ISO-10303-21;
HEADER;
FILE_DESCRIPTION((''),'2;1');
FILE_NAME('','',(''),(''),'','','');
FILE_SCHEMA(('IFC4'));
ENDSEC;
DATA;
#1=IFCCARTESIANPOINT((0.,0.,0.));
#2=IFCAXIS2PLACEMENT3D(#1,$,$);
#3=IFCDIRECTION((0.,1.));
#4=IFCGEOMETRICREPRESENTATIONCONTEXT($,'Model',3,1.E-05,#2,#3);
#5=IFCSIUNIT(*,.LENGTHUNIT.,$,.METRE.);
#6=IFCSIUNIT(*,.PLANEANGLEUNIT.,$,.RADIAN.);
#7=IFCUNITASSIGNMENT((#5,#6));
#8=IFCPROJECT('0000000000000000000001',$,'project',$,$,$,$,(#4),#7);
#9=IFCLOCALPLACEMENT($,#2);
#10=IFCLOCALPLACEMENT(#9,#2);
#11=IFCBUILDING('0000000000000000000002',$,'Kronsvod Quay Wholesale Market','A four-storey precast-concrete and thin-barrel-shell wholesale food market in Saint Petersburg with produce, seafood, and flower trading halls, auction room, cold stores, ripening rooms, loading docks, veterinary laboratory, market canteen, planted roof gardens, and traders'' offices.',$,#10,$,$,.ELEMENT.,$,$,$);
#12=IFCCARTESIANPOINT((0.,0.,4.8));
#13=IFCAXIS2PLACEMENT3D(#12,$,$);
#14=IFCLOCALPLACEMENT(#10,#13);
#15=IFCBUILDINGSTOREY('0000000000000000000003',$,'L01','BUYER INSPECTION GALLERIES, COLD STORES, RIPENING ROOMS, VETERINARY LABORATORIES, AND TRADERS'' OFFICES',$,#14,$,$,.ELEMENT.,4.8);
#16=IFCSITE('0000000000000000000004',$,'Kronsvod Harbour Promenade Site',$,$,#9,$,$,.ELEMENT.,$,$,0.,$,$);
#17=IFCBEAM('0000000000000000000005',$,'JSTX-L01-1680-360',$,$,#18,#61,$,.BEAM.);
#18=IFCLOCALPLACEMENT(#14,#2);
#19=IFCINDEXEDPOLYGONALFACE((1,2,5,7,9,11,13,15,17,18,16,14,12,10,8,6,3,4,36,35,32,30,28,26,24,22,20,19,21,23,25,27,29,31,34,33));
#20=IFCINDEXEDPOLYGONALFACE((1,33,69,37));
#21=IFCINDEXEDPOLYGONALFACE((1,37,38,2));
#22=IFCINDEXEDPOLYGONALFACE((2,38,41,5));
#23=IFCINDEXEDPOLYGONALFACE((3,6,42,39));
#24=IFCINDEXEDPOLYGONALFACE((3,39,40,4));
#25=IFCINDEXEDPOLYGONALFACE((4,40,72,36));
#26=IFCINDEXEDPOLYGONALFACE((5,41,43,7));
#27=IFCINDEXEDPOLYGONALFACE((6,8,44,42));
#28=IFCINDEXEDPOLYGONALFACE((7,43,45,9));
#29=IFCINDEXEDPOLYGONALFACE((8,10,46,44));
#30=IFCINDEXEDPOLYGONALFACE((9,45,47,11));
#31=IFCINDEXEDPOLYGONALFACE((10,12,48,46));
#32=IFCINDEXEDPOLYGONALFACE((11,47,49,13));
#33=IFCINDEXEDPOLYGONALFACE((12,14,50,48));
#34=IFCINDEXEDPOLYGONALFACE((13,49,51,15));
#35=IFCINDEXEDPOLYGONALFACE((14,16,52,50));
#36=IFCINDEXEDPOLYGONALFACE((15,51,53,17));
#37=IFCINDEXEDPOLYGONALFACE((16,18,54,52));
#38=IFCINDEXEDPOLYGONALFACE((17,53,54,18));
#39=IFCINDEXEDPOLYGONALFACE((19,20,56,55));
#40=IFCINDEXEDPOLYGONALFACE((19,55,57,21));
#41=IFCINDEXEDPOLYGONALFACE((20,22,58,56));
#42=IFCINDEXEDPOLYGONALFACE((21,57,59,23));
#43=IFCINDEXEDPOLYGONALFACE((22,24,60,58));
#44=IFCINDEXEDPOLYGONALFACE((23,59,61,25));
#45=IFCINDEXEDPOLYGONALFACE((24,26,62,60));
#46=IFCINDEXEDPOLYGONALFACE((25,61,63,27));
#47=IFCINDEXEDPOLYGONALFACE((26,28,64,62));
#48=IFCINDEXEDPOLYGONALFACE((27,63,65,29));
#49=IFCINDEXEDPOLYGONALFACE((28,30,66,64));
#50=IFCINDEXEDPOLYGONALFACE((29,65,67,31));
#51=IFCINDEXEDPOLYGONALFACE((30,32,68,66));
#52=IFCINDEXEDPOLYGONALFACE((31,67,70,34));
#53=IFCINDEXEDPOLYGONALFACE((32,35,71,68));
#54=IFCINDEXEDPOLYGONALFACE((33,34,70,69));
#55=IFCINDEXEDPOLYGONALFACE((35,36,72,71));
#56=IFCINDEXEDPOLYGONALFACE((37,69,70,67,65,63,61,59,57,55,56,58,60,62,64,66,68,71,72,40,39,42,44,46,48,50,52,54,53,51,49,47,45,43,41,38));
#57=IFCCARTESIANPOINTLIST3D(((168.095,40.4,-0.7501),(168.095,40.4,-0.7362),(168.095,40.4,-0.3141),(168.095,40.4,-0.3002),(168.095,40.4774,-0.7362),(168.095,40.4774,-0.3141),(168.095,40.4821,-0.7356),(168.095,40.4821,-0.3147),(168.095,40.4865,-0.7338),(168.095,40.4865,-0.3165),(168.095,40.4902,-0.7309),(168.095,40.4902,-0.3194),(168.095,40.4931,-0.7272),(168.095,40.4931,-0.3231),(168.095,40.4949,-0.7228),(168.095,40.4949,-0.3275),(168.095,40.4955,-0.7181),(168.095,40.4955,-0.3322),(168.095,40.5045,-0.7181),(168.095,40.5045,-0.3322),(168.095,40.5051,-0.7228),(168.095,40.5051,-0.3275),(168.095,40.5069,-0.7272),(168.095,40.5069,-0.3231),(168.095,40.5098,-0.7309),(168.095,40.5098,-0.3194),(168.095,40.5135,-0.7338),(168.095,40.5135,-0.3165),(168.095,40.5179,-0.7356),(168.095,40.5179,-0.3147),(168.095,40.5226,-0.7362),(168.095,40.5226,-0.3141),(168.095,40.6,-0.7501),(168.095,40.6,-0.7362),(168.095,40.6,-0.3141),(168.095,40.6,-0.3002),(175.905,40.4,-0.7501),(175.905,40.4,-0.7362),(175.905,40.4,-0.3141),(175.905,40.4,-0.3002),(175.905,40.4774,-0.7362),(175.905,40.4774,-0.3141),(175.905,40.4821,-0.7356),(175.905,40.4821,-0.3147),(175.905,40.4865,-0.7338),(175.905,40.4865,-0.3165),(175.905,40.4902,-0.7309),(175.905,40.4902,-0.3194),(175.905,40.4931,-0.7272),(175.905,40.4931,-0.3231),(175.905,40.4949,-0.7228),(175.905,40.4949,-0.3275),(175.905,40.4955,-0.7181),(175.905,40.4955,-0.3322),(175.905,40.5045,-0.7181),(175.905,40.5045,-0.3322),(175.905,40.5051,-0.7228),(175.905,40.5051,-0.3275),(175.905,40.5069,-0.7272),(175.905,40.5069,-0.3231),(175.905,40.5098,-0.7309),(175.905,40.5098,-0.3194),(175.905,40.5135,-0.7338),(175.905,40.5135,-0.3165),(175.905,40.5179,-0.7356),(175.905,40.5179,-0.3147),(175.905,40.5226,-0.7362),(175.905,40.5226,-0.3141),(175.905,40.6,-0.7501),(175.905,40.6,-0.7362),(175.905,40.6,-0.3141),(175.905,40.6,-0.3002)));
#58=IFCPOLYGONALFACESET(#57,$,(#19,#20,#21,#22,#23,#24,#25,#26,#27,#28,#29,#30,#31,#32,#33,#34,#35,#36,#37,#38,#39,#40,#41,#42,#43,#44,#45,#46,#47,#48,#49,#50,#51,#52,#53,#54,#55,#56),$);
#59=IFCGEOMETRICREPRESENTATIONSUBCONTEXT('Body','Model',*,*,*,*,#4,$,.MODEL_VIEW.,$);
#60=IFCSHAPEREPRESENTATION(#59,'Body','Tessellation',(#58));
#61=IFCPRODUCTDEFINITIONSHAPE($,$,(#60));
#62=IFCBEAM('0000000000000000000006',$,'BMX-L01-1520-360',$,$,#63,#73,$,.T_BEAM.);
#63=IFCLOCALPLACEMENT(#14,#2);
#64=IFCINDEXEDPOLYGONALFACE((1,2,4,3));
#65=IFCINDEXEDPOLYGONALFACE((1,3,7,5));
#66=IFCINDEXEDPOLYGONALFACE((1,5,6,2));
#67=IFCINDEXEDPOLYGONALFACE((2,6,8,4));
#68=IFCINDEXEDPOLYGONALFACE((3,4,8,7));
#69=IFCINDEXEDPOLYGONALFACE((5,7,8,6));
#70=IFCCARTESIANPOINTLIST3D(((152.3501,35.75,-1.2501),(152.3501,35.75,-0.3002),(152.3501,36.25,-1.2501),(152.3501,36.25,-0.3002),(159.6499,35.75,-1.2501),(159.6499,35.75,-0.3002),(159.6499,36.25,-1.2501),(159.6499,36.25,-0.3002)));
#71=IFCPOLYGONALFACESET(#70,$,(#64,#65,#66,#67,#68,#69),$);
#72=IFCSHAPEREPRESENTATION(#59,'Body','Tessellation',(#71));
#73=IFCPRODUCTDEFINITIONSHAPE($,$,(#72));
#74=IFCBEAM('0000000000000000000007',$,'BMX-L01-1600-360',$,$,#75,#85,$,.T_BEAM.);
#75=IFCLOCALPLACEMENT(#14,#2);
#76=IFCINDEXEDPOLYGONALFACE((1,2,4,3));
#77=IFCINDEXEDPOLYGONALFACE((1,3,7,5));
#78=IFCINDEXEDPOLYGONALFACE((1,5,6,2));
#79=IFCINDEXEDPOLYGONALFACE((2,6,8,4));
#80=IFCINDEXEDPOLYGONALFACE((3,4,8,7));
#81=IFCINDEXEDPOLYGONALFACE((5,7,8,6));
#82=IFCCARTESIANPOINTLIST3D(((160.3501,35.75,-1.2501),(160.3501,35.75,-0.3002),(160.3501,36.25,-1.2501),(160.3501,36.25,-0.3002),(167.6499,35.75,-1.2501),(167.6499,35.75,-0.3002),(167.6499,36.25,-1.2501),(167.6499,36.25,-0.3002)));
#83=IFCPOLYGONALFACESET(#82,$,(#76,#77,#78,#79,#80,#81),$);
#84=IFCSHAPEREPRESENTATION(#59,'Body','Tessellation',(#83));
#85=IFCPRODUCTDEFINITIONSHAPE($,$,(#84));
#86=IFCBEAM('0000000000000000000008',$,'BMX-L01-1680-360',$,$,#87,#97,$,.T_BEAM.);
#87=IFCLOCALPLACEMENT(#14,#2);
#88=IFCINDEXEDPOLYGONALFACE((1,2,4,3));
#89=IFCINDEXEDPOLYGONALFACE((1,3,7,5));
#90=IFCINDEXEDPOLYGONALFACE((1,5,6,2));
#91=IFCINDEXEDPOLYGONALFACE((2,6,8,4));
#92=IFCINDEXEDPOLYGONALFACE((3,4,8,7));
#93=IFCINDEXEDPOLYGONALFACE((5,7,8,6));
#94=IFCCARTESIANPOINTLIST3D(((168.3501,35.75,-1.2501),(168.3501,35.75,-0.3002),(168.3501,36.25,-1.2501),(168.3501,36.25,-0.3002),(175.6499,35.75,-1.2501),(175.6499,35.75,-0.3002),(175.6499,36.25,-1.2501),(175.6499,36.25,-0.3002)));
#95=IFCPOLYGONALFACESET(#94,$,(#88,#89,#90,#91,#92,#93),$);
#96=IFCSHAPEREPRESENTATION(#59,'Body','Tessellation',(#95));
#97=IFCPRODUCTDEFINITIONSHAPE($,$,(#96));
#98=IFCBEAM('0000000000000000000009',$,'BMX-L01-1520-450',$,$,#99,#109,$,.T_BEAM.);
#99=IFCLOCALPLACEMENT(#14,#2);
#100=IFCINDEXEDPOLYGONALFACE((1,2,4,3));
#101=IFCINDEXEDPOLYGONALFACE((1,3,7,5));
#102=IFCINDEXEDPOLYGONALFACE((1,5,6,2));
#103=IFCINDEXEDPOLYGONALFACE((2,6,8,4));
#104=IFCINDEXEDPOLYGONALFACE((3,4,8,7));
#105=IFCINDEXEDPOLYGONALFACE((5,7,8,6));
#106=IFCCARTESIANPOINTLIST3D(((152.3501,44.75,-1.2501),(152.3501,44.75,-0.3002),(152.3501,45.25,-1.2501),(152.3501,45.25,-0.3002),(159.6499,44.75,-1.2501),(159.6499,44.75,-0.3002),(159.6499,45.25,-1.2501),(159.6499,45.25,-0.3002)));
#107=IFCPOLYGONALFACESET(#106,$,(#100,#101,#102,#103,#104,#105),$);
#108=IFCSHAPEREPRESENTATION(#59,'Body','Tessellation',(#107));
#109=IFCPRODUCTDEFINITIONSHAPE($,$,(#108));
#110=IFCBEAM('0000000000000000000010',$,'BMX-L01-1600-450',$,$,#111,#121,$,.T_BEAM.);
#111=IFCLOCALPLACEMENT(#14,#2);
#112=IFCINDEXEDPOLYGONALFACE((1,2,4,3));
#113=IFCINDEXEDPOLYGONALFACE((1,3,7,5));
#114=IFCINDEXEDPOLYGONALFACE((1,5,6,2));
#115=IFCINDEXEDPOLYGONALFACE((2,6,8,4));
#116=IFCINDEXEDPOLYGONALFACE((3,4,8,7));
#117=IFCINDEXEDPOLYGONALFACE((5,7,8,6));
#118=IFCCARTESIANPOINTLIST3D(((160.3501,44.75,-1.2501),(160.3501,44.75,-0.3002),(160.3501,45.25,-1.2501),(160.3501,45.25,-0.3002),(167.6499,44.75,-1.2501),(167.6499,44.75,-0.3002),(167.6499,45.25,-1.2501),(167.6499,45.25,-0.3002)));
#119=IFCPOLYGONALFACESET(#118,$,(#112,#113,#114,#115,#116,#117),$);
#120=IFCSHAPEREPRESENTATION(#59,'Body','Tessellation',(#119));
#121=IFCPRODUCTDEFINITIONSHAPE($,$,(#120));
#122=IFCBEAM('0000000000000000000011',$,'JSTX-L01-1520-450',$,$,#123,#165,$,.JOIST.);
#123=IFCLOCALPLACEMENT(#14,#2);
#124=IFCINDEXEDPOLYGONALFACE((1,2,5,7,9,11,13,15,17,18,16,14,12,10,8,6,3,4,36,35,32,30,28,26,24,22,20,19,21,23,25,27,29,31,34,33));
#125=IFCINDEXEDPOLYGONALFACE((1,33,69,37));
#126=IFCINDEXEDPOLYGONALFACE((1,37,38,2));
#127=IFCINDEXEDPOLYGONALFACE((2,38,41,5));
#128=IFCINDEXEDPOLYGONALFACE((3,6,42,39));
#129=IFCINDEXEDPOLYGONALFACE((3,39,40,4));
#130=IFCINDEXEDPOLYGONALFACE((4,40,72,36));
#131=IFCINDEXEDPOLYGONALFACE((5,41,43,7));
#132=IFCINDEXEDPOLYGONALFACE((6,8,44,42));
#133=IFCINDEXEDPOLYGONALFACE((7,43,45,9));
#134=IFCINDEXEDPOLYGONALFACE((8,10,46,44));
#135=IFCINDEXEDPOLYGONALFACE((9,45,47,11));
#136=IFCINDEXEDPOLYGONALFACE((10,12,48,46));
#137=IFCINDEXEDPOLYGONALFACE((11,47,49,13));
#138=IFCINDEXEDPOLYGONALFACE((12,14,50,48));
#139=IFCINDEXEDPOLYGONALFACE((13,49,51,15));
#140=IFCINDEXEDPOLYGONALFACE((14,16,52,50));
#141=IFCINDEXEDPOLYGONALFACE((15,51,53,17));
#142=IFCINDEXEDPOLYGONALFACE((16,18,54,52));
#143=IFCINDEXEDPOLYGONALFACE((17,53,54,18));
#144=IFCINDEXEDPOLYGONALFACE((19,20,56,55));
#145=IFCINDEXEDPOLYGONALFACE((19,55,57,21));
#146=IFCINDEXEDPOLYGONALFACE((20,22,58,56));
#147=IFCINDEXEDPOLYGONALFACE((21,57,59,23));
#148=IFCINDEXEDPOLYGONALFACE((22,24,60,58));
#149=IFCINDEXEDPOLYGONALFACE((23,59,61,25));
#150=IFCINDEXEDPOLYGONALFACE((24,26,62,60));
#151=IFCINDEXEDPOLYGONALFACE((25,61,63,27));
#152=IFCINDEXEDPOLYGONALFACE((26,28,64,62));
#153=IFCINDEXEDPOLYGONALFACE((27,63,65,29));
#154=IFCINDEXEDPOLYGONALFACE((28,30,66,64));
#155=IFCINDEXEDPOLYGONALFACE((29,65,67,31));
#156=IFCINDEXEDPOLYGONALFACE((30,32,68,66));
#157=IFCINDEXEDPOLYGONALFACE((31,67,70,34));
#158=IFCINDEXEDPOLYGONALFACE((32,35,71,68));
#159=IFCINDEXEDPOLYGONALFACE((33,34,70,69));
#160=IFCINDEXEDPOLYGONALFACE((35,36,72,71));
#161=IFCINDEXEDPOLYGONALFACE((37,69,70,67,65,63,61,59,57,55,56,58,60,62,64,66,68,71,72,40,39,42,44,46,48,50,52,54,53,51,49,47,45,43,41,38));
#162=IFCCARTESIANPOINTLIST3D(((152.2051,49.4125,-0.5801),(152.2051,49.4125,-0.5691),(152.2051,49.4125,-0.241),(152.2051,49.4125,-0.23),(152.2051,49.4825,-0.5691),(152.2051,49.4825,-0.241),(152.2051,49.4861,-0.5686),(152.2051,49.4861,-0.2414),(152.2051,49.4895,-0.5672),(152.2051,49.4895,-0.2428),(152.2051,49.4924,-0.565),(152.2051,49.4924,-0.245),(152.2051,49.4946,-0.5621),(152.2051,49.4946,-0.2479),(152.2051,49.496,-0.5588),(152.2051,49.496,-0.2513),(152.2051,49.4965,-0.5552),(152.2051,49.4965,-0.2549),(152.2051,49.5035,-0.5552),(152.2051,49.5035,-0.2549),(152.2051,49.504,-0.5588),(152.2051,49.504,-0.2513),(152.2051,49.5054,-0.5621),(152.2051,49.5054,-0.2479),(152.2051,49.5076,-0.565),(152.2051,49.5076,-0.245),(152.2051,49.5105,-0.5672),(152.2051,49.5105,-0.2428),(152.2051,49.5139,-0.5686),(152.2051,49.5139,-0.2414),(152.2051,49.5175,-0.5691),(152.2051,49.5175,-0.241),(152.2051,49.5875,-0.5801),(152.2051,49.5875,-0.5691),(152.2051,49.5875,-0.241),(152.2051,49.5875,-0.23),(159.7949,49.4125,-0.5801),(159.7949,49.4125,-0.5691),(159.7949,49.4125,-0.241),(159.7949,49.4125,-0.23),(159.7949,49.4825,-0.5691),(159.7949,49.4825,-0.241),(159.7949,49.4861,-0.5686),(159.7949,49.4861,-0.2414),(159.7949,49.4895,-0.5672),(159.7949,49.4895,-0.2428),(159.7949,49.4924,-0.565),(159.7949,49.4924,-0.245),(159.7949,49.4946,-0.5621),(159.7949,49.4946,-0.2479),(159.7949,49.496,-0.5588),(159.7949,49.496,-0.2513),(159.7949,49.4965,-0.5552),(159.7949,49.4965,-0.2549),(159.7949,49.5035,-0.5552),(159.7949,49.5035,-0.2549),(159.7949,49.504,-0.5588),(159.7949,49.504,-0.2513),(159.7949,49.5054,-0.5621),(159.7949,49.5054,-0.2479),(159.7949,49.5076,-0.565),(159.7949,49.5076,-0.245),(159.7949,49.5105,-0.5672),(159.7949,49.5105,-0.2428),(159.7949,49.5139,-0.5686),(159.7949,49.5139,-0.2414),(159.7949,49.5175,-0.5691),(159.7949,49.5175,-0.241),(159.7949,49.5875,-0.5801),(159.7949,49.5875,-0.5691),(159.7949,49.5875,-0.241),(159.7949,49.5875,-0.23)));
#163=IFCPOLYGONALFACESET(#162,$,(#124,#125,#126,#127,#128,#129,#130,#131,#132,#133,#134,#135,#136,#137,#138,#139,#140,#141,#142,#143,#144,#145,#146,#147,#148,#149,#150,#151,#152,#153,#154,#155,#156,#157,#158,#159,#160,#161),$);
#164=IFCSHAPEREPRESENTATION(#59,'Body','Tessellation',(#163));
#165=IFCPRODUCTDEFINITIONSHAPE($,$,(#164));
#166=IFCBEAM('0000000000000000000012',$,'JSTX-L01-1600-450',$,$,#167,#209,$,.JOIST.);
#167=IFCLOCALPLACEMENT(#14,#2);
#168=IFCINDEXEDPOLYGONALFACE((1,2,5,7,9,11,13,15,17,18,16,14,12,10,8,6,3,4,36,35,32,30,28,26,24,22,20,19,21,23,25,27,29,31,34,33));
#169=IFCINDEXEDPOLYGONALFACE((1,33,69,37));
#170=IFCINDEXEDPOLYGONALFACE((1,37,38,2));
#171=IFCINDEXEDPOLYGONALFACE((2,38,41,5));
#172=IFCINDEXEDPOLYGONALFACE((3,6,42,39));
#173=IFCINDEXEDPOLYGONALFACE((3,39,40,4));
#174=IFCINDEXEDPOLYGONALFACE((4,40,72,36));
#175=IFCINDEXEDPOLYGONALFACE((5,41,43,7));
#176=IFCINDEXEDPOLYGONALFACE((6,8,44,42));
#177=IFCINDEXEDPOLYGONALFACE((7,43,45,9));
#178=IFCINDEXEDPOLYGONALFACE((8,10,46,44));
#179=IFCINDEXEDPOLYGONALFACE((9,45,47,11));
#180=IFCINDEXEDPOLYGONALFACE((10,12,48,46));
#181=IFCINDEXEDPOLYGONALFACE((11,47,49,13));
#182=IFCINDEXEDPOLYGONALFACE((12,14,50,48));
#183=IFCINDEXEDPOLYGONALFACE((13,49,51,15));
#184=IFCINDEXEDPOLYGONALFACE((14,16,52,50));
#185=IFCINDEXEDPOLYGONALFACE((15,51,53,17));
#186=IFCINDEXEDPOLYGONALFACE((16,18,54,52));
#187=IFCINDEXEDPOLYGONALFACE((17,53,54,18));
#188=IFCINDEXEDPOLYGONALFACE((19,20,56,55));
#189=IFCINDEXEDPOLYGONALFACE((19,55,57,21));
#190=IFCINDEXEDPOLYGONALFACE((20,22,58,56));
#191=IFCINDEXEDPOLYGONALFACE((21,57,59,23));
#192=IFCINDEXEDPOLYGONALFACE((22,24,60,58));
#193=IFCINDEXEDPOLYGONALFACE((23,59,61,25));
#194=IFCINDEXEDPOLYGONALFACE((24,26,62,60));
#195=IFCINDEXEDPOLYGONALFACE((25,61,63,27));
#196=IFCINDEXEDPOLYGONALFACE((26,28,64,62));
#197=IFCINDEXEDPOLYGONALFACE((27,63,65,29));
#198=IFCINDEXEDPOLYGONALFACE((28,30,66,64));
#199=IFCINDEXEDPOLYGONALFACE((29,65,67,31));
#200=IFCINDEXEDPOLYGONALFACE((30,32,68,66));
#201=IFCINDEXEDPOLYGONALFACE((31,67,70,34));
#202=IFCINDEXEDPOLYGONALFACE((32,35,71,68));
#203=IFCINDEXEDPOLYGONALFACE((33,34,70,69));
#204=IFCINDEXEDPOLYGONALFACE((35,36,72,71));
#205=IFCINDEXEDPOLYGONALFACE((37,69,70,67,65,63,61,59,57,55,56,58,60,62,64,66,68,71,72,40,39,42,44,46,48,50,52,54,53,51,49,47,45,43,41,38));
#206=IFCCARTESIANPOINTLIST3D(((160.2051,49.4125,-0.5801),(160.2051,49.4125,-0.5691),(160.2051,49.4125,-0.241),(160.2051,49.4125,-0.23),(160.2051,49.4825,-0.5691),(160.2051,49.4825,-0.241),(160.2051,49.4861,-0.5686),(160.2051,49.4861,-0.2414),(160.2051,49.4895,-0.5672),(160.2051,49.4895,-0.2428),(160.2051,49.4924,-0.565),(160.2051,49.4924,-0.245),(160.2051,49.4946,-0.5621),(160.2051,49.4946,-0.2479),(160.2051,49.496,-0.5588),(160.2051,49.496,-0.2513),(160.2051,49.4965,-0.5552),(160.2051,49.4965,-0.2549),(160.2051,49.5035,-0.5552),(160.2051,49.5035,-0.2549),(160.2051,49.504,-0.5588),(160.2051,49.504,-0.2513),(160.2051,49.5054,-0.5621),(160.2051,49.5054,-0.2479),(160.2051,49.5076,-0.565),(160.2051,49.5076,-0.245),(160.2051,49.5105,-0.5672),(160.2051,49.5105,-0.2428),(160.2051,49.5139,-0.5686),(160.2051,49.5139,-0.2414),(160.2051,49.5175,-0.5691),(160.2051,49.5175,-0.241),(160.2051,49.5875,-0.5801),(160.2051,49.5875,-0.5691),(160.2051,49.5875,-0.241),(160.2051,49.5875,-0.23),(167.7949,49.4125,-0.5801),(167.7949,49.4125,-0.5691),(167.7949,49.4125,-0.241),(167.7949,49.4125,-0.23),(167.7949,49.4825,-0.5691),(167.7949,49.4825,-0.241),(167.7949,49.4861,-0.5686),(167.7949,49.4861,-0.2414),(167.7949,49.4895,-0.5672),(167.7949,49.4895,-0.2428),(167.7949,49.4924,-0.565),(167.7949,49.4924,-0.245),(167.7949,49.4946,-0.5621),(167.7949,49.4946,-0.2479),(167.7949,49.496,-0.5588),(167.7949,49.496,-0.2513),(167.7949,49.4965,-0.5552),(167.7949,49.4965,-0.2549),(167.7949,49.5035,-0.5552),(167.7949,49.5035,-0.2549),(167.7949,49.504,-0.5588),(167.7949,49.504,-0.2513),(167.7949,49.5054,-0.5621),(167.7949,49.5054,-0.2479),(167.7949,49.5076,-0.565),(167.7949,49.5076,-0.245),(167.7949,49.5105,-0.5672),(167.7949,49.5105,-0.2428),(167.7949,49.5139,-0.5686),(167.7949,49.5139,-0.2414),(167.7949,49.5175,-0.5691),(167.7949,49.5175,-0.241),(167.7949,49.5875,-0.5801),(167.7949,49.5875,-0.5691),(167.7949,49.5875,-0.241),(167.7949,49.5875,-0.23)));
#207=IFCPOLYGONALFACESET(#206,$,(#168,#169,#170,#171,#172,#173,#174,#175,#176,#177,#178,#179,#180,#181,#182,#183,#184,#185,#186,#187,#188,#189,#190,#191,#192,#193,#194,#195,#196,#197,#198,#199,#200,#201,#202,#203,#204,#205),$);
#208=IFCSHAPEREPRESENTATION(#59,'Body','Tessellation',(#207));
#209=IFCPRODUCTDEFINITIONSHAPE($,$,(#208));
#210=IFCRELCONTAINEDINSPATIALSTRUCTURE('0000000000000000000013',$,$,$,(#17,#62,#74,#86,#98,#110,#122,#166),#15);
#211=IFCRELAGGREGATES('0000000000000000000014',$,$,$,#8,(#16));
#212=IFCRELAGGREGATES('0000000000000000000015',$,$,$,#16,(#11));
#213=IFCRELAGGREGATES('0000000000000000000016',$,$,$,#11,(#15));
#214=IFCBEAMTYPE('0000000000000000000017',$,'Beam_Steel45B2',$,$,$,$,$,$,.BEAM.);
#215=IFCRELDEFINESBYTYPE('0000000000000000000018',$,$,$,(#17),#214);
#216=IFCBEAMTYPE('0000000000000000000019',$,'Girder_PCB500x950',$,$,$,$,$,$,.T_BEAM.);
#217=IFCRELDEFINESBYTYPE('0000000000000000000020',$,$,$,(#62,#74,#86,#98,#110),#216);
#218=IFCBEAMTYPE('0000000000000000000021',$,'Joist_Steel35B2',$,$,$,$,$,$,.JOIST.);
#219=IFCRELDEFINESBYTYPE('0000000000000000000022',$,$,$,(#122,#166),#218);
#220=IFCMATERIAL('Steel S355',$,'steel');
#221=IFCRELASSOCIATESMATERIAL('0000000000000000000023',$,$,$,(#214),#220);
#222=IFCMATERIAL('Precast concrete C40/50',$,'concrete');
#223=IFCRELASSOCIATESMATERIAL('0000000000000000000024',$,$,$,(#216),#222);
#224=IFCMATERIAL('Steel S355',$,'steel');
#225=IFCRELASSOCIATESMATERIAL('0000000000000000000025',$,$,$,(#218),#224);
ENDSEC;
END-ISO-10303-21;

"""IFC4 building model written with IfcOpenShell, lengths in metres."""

from ifc_helpers import new_model, si_unit, direction, frame, origin, origin_2d, place, context, subcontext, project, spatial, rectangle, i_section, extrude, material, material_profile, profile_set, type_object, element, save


model = new_model("IFC4")

# Units and contexts
model_context = context("Model", 3, precision=1e-05, world=origin(), true_north=direction((0.0, 1.0)))
body_context = subcontext(model_context, "Body", "Model", "MODEL_VIEW")
ifc_project = project(units=[si_unit("LENGTHUNIT", "METRE"), si_unit("PLANEANGLEUNIT", "RADIAN")], contexts=[model_context])

# Site, building, storey
site_placement = place(None, origin())
site = spatial("IfcSite", under=ifc_project, at=site_placement, Name="Kronsvod Harbour Promenade Site", CompositionType="ELEMENT", RefElevation=0.0)
building_placement = place(site_placement, origin())
building = spatial("IfcBuilding", under=site, at=building_placement, Name="Kronsvod Quay Wholesale Market", Description="A four-storey precast-concrete and thin-barrel-shell wholesale food market in Saint Petersburg with produce, seafood, and flower trading halls, auction room, cold stores, ripening rooms, loading docks, veterinary laboratory, market canteen, planted roof gardens, and traders' offices.", CompositionType="ELEMENT")
storey_placement = place(building_placement, frame((0.0, 0.0, 4.8)))
storey = spatial("IfcBuildingStorey", under=building, at=storey_placement, Name="L01", Description="BUYER INSPECTION GALLERIES, COLD STORES, RIPENING ROOMS, VETERINARY LABORATORIES, AND TRADERS' OFFICES", CompositionType="ELEMENT", Elevation=4.8)

# Beams
ifc_material_1 = material(Name="Steel S355", Category="steel")
ifc_material_profile_1 = material_profile(ifc_material_1, i_section(OverallWidth=0.2, OverallDepth=0.45, WebThickness=0.009, FlangeThickness=0.0139, FilletRadius=0.0181, at=origin_2d()), Name="45B2")
ifc_profile_set_1 = profile_set([ifc_material_profile_1], Name="Steel S355")
beam_type_1 = type_object("IfcBeamType", Name="Beam_Steel45B2", PredefinedType="BEAM", material=ifc_profile_set_1)
for number, where, z_axis, x_axis, name in (
    (1, (168.095, 40.5, -0.5251), (1.0, 0.0, 0.0), (0.0, 1.0, 0.0), "JSTX-L01-1680-360"),
):
    element("IfcBeam", number, at=place(storey_placement, frame(where, z_axis=z_axis, x_axis=x_axis)), inside=storey, type_object=beam_type_1, Name=name, PredefinedType="BEAM", context=body_context, shape_type="SweptSolid", body=[
        extrude(i_section(OverallWidth=0.2, OverallDepth=0.45, WebThickness=0.009, FlangeThickness=0.0139, FilletRadius=0.0181, at=origin_2d()), origin(), (0.0, 0.0, 1.0), 7.8101),
    ])
ifc_material_2 = material(Name="Precast concrete C40/50", Category="concrete")
ifc_material_profile_2 = material_profile(ifc_material_2, rectangle(XDim=0.5, YDim=0.95, at=origin_2d()), Name="PCB500x950")
ifc_profile_set_2 = profile_set([ifc_material_profile_2], Name="Precast concrete C40/50")
beam_type_2 = type_object("IfcBeamType", Name="Girder_PCB500x950", PredefinedType="T_BEAM", material=ifc_profile_set_2)
for number, where, z_axis, x_axis, name in (
    (2, (152.3501, 36.0, -0.7751), (1.0, 0.0, 0.0), (0.0, 1.0, 0.0), "BMX-L01-1520-360"),
    (3, (160.3501, 36.0, -0.7751), (1.0, 0.0, 0.0), (0.0, 1.0, 0.0), "BMX-L01-1600-360"),
    (4, (168.3501, 36.0, -0.7751), (1.0, 0.0, 0.0), (0.0, 1.0, 0.0), "BMX-L01-1680-360"),
    (5, (152.3501, 45.0, -0.7751), (1.0, 0.0, 0.0), (0.0, 1.0, 0.0), "BMX-L01-1520-450"),
    (6, (160.3501, 45.0, -0.7751), (1.0, 0.0, 0.0), (0.0, 1.0, 0.0), "BMX-L01-1600-450"),
):
    element("IfcBeam", number, at=place(storey_placement, frame(where, z_axis=z_axis, x_axis=x_axis)), inside=storey, type_object=beam_type_2, Name=name, PredefinedType="T_BEAM", context=body_context, shape_type="SweptSolid", body=[
        extrude(rectangle(XDim=0.5, YDim=0.95, at=origin_2d()), origin(), (0.0, 0.0, 1.0), 7.2998),
    ])
ifc_material_3 = material(Name="Steel S355", Category="steel")
ifc_material_profile_3 = material_profile(ifc_material_3, i_section(OverallWidth=0.175, OverallDepth=0.3501, WebThickness=0.0071, FlangeThickness=0.011, FilletRadius=0.0139, at=origin_2d()), Name="35B2")
ifc_profile_set_3 = profile_set([ifc_material_profile_3], Name="Steel S355")
beam_type_3 = type_object("IfcBeamType", Name="Joist_Steel35B2", PredefinedType="JOIST", material=ifc_profile_set_3)
for number, where, z_axis, x_axis, name in (
    (7, (152.2051, 49.5, -0.405), (1.0, 0.0, 0.0), (0.0, 1.0, 0.0), "JSTX-L01-1520-450"),
    (8, (160.2051, 49.5, -0.405), (1.0, 0.0, 0.0), (0.0, 1.0, 0.0), "JSTX-L01-1600-450"),
):
    element("IfcBeam", number, at=place(storey_placement, frame(where, z_axis=z_axis, x_axis=x_axis)), inside=storey, type_object=beam_type_3, Name=name, PredefinedType="JOIST", context=body_context, shape_type="SweptSolid", body=[
        extrude(i_section(OverallWidth=0.175, OverallDepth=0.3501, WebThickness=0.0071, FlangeThickness=0.011, FilletRadius=0.0139, at=origin_2d()), origin(), (0.0, 0.0, 1.0), 7.5898),
    ])

save(model, "model.ifc")
